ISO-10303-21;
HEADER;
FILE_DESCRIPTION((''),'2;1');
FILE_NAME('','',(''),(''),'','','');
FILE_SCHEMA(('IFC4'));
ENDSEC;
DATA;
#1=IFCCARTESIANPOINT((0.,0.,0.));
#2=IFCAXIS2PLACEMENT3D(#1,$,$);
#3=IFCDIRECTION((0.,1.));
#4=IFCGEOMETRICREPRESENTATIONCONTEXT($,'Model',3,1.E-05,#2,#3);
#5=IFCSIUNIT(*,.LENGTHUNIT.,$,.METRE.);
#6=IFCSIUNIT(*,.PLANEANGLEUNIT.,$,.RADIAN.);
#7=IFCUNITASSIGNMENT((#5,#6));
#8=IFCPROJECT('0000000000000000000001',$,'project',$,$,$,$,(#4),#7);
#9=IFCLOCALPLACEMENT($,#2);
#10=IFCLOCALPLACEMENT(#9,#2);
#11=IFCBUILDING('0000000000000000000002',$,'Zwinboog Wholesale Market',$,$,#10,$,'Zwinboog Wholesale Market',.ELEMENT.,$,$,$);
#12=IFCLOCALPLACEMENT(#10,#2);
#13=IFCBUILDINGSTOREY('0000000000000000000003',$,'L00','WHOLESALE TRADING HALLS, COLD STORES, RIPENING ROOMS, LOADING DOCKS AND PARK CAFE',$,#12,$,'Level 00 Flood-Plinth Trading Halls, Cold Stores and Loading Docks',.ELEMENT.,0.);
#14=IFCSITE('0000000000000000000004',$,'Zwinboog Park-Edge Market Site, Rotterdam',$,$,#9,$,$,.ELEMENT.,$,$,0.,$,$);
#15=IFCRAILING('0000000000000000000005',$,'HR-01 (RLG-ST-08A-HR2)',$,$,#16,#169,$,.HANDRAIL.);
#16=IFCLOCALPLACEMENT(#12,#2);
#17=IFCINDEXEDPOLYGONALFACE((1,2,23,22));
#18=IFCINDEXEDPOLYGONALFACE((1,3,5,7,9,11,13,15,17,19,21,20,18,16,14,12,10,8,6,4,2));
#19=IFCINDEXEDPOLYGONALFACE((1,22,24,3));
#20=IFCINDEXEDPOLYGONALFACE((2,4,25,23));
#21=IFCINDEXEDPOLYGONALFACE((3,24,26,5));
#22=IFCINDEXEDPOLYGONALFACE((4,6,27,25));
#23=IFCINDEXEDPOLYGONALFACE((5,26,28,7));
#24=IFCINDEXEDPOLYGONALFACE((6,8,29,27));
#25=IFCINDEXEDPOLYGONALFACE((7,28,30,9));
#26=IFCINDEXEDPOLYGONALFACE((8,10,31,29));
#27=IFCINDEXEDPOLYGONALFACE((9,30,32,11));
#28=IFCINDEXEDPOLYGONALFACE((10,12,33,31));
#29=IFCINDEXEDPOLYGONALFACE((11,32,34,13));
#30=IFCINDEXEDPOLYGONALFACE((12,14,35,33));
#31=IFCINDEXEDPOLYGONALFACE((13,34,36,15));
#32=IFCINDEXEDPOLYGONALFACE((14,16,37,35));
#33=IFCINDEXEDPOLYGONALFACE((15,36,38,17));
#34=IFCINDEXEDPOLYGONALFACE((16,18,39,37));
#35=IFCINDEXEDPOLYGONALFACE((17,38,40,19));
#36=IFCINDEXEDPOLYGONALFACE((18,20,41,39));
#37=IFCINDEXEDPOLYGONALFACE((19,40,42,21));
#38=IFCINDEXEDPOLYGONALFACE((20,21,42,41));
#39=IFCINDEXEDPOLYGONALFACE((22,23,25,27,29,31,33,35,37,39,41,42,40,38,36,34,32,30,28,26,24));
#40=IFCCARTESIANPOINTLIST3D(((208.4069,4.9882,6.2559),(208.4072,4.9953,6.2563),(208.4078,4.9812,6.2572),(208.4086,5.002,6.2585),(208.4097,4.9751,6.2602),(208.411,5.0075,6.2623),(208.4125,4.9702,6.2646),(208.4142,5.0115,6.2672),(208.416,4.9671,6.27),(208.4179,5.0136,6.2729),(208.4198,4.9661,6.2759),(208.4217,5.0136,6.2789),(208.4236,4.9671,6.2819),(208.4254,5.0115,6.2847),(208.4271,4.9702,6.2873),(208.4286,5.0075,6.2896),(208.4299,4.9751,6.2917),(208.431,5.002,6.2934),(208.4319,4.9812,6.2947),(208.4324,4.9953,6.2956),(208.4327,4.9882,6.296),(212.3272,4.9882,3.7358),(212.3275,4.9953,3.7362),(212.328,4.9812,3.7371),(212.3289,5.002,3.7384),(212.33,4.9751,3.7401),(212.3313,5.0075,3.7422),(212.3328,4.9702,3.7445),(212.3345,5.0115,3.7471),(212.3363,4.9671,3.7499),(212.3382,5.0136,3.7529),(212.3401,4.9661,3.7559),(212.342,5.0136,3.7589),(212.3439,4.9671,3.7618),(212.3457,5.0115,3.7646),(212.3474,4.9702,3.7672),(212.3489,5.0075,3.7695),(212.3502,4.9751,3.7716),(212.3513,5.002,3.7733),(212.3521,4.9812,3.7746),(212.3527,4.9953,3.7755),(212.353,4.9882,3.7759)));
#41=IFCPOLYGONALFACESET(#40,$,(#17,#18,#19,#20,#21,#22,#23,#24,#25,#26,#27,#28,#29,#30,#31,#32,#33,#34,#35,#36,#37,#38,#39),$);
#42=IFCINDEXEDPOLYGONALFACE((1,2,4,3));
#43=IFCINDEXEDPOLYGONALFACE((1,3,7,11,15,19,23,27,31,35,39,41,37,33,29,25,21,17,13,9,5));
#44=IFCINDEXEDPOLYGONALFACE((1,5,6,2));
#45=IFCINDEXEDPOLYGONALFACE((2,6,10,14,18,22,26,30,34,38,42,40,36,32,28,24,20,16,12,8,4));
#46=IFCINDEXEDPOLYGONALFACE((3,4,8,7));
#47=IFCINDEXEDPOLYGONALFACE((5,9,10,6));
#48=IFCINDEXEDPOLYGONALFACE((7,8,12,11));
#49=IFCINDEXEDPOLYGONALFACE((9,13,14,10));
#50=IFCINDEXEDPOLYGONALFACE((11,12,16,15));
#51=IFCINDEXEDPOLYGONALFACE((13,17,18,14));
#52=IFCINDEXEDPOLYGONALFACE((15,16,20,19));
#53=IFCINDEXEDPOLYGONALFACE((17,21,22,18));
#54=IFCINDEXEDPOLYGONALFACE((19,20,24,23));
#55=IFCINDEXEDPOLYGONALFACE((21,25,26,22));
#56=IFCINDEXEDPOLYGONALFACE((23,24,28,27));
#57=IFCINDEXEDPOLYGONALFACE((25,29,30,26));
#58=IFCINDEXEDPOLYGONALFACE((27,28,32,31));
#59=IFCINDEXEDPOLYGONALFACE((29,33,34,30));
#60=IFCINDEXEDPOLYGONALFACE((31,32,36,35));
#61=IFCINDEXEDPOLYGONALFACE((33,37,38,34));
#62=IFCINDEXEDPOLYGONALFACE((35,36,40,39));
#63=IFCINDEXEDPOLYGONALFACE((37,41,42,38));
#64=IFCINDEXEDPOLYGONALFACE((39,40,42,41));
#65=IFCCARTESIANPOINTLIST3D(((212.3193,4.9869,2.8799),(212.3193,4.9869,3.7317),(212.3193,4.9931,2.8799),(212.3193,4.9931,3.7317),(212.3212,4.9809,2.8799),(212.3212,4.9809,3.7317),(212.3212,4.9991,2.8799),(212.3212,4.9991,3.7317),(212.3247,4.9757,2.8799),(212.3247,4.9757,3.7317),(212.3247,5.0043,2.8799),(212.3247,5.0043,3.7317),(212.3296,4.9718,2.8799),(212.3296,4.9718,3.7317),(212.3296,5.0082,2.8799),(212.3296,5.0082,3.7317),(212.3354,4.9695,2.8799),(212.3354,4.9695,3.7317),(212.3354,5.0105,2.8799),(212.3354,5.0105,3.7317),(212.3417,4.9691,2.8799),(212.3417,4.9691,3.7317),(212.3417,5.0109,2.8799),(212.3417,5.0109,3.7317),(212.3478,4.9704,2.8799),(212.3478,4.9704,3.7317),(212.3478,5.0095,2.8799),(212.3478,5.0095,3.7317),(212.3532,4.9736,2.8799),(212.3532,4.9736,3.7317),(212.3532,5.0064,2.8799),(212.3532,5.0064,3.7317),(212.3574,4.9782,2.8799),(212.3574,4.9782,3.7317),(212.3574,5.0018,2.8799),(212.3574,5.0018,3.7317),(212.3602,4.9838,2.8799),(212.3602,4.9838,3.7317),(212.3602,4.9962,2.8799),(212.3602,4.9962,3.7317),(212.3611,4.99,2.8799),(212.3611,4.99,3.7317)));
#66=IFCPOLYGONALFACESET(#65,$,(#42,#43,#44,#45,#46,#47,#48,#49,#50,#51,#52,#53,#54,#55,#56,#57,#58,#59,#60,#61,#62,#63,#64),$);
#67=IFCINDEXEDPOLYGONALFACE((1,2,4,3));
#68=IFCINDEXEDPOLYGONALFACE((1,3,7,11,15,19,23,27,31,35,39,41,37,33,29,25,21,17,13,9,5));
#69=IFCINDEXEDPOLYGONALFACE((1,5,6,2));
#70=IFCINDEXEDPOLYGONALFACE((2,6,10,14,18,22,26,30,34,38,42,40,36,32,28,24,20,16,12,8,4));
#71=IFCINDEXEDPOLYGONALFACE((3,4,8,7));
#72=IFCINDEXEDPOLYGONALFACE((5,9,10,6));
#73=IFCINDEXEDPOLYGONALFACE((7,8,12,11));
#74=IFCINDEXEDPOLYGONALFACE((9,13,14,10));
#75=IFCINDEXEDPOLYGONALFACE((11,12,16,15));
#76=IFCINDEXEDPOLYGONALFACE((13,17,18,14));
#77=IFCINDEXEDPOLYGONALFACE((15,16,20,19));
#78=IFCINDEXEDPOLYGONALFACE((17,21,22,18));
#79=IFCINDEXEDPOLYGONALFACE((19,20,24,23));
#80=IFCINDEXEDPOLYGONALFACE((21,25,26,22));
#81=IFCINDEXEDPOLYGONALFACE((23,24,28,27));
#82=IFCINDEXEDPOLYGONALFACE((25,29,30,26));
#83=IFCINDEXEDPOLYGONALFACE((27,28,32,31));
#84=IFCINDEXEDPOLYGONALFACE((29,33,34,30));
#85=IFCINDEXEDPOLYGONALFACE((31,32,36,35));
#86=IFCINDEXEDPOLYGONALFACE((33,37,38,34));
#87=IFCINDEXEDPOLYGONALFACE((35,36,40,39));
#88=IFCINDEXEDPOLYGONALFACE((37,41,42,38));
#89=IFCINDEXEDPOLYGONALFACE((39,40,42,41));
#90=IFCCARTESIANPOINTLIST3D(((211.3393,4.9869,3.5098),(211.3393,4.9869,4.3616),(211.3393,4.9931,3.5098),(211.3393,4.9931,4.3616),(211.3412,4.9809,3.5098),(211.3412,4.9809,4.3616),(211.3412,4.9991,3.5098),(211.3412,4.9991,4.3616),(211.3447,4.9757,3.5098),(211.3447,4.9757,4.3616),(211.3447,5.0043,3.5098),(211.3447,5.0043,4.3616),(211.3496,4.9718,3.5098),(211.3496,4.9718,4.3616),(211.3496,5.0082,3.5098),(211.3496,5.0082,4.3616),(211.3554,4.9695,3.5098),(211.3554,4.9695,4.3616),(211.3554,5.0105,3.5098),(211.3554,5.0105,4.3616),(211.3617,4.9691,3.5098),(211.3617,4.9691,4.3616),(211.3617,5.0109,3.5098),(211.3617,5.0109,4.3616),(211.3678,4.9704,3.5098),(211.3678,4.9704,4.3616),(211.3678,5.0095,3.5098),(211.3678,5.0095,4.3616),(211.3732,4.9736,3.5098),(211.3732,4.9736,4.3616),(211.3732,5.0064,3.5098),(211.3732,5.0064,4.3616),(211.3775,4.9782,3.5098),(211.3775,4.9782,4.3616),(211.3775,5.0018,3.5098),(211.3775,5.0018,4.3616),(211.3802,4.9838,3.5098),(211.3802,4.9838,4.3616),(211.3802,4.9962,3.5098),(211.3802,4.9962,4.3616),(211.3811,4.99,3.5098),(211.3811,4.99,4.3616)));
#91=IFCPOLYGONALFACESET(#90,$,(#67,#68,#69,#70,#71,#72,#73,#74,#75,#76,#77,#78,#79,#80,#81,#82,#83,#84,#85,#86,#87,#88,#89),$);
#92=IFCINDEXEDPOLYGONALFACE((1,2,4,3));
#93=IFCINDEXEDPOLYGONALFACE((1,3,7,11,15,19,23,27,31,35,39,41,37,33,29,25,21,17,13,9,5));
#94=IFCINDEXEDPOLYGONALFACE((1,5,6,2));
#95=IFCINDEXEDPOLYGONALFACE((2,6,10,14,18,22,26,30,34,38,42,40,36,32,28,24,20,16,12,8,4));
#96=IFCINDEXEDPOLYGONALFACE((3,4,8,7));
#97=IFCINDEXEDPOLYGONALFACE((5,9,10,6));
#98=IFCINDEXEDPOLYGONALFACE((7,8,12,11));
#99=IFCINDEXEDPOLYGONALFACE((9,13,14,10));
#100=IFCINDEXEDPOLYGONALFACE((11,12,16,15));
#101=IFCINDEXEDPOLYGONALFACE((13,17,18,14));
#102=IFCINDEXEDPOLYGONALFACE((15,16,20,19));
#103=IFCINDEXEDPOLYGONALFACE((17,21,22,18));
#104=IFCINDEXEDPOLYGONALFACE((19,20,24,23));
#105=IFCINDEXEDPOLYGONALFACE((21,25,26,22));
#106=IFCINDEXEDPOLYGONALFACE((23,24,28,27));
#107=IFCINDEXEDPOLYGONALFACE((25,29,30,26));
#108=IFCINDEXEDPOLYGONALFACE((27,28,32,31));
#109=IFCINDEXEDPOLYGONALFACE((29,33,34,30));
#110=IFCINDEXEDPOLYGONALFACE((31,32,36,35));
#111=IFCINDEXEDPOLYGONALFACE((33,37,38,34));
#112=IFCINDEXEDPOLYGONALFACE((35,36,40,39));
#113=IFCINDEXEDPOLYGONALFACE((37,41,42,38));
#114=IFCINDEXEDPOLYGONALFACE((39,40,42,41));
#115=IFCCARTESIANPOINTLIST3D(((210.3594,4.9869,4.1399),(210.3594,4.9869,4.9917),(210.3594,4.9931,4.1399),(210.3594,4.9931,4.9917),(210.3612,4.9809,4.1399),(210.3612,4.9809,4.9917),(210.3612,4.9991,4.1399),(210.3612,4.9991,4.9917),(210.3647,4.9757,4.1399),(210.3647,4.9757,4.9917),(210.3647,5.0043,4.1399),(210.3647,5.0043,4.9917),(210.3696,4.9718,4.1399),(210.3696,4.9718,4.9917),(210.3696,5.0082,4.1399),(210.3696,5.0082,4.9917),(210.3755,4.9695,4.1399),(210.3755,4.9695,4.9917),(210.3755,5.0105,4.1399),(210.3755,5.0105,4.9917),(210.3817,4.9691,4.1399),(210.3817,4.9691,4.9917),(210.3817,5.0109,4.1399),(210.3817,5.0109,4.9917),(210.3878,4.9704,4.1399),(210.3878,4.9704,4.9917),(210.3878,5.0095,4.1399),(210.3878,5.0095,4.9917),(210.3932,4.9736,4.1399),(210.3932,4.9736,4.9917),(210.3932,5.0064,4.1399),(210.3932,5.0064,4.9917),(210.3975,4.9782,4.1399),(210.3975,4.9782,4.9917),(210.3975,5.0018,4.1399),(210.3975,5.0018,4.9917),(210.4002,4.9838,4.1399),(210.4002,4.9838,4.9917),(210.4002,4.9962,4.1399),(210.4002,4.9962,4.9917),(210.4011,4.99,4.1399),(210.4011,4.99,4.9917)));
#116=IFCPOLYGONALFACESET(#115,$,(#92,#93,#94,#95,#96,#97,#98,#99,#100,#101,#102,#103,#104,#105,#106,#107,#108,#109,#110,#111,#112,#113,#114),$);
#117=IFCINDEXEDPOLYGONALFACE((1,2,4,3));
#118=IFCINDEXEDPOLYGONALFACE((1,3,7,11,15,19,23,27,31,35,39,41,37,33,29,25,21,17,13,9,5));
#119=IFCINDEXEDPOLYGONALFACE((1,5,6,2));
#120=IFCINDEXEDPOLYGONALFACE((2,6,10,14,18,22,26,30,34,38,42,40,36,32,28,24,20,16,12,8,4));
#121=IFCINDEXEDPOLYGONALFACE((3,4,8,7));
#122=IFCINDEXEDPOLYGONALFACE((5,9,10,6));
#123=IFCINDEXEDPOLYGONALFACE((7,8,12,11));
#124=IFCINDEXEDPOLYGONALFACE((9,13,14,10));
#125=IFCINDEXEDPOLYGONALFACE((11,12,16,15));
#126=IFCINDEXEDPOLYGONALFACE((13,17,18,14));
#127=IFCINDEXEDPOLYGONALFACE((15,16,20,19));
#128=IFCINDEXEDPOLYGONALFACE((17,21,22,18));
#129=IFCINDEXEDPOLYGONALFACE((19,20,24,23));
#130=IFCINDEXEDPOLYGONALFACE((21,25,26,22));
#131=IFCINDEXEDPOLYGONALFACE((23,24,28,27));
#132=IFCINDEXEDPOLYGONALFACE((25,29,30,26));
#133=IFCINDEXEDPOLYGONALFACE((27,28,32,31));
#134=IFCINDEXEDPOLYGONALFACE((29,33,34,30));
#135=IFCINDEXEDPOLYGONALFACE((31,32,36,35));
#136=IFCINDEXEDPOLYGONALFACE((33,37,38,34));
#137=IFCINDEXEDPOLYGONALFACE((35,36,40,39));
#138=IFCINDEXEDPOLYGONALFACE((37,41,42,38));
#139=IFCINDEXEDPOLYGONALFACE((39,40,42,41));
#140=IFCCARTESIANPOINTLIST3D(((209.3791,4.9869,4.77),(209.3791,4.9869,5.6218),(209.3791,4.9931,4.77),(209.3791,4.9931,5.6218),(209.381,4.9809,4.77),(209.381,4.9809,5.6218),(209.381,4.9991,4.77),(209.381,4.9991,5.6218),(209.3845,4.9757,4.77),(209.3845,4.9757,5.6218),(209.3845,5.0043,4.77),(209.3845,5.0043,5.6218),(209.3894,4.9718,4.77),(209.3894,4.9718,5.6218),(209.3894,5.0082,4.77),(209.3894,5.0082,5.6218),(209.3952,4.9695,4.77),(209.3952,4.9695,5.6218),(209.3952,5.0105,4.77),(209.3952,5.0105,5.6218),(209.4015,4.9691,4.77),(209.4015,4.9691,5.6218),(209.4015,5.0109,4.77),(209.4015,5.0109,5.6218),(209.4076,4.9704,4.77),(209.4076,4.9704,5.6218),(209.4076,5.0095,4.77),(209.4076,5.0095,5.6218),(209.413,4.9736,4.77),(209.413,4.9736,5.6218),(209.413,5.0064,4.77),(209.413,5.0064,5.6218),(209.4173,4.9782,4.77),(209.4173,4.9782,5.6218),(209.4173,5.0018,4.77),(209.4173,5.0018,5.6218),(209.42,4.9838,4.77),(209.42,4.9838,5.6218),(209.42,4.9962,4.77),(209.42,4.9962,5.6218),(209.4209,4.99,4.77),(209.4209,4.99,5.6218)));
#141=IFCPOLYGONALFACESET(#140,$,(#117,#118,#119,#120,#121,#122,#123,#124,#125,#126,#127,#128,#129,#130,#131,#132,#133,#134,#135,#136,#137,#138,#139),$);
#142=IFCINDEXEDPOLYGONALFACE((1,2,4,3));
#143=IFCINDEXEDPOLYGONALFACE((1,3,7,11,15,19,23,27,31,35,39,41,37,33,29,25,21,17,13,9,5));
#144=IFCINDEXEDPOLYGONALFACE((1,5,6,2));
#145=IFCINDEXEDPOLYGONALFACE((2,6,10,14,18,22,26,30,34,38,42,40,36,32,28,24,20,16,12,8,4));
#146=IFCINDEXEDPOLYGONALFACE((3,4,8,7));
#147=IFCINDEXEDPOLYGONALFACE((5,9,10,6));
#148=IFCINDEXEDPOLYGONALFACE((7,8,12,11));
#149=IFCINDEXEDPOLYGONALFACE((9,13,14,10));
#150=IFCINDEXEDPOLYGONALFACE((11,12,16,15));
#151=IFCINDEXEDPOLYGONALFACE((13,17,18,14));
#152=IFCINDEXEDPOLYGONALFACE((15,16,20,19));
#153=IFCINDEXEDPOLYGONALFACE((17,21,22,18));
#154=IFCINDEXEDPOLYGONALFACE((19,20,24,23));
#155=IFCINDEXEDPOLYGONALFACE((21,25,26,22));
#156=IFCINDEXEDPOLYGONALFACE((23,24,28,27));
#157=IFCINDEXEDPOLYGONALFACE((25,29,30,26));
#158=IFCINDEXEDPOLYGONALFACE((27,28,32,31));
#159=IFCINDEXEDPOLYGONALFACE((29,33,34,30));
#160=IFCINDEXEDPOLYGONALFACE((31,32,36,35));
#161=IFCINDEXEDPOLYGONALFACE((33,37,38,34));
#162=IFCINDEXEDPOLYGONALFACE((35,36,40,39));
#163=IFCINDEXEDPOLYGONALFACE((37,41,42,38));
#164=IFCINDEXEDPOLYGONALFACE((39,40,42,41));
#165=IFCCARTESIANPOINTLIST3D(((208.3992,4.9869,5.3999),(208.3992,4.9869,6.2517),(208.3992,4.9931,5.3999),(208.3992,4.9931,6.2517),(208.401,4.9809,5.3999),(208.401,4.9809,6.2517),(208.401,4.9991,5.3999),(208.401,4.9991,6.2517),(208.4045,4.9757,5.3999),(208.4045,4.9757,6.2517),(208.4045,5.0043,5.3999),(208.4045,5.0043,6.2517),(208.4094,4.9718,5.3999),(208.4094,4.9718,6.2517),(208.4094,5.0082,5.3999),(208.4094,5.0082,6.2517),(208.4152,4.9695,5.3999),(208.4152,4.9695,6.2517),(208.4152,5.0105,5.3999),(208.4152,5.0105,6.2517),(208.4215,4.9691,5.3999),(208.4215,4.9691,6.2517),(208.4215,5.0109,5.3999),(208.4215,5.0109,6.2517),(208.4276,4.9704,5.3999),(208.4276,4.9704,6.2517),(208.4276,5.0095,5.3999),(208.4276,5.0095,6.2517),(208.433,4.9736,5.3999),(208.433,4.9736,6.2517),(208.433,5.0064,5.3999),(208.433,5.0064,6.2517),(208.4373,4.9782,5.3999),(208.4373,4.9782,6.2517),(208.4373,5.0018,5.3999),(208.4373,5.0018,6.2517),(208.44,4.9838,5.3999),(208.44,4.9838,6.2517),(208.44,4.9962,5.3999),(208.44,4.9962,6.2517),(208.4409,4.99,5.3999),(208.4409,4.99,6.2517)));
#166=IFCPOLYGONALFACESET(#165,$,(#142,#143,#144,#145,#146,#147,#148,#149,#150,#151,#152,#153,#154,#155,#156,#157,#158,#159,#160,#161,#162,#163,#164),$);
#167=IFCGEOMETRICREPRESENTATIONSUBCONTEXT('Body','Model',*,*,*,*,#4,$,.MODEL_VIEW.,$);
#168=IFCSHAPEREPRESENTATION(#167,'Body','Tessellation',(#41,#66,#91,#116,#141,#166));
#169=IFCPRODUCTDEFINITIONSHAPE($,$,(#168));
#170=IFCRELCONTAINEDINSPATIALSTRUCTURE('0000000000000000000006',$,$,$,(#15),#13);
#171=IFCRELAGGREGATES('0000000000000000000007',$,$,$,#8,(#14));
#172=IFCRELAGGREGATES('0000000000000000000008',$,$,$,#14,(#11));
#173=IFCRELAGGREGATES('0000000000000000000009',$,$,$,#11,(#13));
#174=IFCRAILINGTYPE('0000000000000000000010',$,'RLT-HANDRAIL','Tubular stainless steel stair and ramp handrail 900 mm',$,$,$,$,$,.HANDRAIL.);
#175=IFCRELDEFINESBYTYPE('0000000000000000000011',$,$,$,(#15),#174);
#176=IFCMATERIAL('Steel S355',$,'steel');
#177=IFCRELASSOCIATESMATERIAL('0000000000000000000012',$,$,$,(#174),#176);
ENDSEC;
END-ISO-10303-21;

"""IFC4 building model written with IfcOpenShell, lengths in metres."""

from ifc_helpers import new_model, si_unit, direction, frame, origin, origin_2d, place, context, subcontext, project, spatial, circle, extrude, material, type_object, element, save


model = new_model("IFC4")

# Units and contexts
model_context = context("Model", 3, precision=1e-05, world=origin(), true_north=direction((0.0, 1.0)))
body_context = subcontext(model_context, "Body", "Model", "MODEL_VIEW")
ifc_project = project(units=[si_unit("LENGTHUNIT", "METRE"), si_unit("PLANEANGLEUNIT", "RADIAN")], contexts=[model_context])

# Site, building, storey
site_placement = place(None, origin())
site = spatial("IfcSite", under=ifc_project, at=site_placement, Name="Zwinboog Park-Edge Market Site, Rotterdam", CompositionType="ELEMENT", RefElevation=0.0)
building_placement = place(site_placement, origin())
building = spatial("IfcBuilding", under=site, at=building_placement, Name="Zwinboog Wholesale Market", LongName="Zwinboog Wholesale Market", CompositionType="ELEMENT")
storey_placement = place(building_placement, origin())
storey = spatial("IfcBuildingStorey", under=building, at=storey_placement, Name="L00", Description="WHOLESALE TRADING HALLS, COLD STORES, RIPENING ROOMS, LOADING DOCKS AND PARK CAFE", LongName="Level 00 Flood-Plinth Trading Halls, Cold Stores and Loading Docks", CompositionType="ELEMENT", Elevation=0.0)

# Railing
ifc_material_1 = material(Name="Steel S355", Category="steel")
railing_type_1 = type_object("IfcRailingType", Name="RLT-HANDRAIL", Description="Tubular stainless steel stair and ramp handrail 900 mm", PredefinedType="HANDRAIL", material=ifc_material_1)
railing_1_placement = place(storey_placement, frame((212.3401, 4.99, 2.8799)))
element("IfcRailing", 1, at=railing_1_placement, inside=storey, type_object=railing_type_1, Name="HR-01 (RLG-ST-08A-HR2)", PredefinedType="HANDRAIL", context=body_context, shape_type="SweptSolid", body=[
    extrude(circle(Radius=0.0239, at=origin_2d()), frame((0.0, 0.0, 0.876), z_axis=(-0.841187, 0.0, 0.540744), x_axis=(0.0, -1.0, 0.0)), (0.0, 0.0, 1.0), 4.6604),
    extrude(circle(Radius=0.021, at=origin_2d()), origin(), (0.0, 0.0, 1.0), 0.8518),
    extrude(circle(Radius=0.021, at=origin_2d()), frame((-0.98, 0.0, 0.6299)), (0.0, 0.0, 1.0), 0.8518),
    extrude(circle(Radius=0.021, at=origin_2d()), frame((-1.96, 0.0, 1.26)), (0.0, 0.0, 1.0), 0.8518),
    extrude(circle(Radius=0.021, at=origin_2d()), frame((-2.9402, 0.0, 1.8901)), (0.0, 0.0, 1.0), 0.8518),
    extrude(circle(Radius=0.021, at=origin_2d()), frame((-3.9202, 0.0, 2.52)), (0.0, 0.0, 1.0), 0.8518),
])

save(model, "model.ifc")
